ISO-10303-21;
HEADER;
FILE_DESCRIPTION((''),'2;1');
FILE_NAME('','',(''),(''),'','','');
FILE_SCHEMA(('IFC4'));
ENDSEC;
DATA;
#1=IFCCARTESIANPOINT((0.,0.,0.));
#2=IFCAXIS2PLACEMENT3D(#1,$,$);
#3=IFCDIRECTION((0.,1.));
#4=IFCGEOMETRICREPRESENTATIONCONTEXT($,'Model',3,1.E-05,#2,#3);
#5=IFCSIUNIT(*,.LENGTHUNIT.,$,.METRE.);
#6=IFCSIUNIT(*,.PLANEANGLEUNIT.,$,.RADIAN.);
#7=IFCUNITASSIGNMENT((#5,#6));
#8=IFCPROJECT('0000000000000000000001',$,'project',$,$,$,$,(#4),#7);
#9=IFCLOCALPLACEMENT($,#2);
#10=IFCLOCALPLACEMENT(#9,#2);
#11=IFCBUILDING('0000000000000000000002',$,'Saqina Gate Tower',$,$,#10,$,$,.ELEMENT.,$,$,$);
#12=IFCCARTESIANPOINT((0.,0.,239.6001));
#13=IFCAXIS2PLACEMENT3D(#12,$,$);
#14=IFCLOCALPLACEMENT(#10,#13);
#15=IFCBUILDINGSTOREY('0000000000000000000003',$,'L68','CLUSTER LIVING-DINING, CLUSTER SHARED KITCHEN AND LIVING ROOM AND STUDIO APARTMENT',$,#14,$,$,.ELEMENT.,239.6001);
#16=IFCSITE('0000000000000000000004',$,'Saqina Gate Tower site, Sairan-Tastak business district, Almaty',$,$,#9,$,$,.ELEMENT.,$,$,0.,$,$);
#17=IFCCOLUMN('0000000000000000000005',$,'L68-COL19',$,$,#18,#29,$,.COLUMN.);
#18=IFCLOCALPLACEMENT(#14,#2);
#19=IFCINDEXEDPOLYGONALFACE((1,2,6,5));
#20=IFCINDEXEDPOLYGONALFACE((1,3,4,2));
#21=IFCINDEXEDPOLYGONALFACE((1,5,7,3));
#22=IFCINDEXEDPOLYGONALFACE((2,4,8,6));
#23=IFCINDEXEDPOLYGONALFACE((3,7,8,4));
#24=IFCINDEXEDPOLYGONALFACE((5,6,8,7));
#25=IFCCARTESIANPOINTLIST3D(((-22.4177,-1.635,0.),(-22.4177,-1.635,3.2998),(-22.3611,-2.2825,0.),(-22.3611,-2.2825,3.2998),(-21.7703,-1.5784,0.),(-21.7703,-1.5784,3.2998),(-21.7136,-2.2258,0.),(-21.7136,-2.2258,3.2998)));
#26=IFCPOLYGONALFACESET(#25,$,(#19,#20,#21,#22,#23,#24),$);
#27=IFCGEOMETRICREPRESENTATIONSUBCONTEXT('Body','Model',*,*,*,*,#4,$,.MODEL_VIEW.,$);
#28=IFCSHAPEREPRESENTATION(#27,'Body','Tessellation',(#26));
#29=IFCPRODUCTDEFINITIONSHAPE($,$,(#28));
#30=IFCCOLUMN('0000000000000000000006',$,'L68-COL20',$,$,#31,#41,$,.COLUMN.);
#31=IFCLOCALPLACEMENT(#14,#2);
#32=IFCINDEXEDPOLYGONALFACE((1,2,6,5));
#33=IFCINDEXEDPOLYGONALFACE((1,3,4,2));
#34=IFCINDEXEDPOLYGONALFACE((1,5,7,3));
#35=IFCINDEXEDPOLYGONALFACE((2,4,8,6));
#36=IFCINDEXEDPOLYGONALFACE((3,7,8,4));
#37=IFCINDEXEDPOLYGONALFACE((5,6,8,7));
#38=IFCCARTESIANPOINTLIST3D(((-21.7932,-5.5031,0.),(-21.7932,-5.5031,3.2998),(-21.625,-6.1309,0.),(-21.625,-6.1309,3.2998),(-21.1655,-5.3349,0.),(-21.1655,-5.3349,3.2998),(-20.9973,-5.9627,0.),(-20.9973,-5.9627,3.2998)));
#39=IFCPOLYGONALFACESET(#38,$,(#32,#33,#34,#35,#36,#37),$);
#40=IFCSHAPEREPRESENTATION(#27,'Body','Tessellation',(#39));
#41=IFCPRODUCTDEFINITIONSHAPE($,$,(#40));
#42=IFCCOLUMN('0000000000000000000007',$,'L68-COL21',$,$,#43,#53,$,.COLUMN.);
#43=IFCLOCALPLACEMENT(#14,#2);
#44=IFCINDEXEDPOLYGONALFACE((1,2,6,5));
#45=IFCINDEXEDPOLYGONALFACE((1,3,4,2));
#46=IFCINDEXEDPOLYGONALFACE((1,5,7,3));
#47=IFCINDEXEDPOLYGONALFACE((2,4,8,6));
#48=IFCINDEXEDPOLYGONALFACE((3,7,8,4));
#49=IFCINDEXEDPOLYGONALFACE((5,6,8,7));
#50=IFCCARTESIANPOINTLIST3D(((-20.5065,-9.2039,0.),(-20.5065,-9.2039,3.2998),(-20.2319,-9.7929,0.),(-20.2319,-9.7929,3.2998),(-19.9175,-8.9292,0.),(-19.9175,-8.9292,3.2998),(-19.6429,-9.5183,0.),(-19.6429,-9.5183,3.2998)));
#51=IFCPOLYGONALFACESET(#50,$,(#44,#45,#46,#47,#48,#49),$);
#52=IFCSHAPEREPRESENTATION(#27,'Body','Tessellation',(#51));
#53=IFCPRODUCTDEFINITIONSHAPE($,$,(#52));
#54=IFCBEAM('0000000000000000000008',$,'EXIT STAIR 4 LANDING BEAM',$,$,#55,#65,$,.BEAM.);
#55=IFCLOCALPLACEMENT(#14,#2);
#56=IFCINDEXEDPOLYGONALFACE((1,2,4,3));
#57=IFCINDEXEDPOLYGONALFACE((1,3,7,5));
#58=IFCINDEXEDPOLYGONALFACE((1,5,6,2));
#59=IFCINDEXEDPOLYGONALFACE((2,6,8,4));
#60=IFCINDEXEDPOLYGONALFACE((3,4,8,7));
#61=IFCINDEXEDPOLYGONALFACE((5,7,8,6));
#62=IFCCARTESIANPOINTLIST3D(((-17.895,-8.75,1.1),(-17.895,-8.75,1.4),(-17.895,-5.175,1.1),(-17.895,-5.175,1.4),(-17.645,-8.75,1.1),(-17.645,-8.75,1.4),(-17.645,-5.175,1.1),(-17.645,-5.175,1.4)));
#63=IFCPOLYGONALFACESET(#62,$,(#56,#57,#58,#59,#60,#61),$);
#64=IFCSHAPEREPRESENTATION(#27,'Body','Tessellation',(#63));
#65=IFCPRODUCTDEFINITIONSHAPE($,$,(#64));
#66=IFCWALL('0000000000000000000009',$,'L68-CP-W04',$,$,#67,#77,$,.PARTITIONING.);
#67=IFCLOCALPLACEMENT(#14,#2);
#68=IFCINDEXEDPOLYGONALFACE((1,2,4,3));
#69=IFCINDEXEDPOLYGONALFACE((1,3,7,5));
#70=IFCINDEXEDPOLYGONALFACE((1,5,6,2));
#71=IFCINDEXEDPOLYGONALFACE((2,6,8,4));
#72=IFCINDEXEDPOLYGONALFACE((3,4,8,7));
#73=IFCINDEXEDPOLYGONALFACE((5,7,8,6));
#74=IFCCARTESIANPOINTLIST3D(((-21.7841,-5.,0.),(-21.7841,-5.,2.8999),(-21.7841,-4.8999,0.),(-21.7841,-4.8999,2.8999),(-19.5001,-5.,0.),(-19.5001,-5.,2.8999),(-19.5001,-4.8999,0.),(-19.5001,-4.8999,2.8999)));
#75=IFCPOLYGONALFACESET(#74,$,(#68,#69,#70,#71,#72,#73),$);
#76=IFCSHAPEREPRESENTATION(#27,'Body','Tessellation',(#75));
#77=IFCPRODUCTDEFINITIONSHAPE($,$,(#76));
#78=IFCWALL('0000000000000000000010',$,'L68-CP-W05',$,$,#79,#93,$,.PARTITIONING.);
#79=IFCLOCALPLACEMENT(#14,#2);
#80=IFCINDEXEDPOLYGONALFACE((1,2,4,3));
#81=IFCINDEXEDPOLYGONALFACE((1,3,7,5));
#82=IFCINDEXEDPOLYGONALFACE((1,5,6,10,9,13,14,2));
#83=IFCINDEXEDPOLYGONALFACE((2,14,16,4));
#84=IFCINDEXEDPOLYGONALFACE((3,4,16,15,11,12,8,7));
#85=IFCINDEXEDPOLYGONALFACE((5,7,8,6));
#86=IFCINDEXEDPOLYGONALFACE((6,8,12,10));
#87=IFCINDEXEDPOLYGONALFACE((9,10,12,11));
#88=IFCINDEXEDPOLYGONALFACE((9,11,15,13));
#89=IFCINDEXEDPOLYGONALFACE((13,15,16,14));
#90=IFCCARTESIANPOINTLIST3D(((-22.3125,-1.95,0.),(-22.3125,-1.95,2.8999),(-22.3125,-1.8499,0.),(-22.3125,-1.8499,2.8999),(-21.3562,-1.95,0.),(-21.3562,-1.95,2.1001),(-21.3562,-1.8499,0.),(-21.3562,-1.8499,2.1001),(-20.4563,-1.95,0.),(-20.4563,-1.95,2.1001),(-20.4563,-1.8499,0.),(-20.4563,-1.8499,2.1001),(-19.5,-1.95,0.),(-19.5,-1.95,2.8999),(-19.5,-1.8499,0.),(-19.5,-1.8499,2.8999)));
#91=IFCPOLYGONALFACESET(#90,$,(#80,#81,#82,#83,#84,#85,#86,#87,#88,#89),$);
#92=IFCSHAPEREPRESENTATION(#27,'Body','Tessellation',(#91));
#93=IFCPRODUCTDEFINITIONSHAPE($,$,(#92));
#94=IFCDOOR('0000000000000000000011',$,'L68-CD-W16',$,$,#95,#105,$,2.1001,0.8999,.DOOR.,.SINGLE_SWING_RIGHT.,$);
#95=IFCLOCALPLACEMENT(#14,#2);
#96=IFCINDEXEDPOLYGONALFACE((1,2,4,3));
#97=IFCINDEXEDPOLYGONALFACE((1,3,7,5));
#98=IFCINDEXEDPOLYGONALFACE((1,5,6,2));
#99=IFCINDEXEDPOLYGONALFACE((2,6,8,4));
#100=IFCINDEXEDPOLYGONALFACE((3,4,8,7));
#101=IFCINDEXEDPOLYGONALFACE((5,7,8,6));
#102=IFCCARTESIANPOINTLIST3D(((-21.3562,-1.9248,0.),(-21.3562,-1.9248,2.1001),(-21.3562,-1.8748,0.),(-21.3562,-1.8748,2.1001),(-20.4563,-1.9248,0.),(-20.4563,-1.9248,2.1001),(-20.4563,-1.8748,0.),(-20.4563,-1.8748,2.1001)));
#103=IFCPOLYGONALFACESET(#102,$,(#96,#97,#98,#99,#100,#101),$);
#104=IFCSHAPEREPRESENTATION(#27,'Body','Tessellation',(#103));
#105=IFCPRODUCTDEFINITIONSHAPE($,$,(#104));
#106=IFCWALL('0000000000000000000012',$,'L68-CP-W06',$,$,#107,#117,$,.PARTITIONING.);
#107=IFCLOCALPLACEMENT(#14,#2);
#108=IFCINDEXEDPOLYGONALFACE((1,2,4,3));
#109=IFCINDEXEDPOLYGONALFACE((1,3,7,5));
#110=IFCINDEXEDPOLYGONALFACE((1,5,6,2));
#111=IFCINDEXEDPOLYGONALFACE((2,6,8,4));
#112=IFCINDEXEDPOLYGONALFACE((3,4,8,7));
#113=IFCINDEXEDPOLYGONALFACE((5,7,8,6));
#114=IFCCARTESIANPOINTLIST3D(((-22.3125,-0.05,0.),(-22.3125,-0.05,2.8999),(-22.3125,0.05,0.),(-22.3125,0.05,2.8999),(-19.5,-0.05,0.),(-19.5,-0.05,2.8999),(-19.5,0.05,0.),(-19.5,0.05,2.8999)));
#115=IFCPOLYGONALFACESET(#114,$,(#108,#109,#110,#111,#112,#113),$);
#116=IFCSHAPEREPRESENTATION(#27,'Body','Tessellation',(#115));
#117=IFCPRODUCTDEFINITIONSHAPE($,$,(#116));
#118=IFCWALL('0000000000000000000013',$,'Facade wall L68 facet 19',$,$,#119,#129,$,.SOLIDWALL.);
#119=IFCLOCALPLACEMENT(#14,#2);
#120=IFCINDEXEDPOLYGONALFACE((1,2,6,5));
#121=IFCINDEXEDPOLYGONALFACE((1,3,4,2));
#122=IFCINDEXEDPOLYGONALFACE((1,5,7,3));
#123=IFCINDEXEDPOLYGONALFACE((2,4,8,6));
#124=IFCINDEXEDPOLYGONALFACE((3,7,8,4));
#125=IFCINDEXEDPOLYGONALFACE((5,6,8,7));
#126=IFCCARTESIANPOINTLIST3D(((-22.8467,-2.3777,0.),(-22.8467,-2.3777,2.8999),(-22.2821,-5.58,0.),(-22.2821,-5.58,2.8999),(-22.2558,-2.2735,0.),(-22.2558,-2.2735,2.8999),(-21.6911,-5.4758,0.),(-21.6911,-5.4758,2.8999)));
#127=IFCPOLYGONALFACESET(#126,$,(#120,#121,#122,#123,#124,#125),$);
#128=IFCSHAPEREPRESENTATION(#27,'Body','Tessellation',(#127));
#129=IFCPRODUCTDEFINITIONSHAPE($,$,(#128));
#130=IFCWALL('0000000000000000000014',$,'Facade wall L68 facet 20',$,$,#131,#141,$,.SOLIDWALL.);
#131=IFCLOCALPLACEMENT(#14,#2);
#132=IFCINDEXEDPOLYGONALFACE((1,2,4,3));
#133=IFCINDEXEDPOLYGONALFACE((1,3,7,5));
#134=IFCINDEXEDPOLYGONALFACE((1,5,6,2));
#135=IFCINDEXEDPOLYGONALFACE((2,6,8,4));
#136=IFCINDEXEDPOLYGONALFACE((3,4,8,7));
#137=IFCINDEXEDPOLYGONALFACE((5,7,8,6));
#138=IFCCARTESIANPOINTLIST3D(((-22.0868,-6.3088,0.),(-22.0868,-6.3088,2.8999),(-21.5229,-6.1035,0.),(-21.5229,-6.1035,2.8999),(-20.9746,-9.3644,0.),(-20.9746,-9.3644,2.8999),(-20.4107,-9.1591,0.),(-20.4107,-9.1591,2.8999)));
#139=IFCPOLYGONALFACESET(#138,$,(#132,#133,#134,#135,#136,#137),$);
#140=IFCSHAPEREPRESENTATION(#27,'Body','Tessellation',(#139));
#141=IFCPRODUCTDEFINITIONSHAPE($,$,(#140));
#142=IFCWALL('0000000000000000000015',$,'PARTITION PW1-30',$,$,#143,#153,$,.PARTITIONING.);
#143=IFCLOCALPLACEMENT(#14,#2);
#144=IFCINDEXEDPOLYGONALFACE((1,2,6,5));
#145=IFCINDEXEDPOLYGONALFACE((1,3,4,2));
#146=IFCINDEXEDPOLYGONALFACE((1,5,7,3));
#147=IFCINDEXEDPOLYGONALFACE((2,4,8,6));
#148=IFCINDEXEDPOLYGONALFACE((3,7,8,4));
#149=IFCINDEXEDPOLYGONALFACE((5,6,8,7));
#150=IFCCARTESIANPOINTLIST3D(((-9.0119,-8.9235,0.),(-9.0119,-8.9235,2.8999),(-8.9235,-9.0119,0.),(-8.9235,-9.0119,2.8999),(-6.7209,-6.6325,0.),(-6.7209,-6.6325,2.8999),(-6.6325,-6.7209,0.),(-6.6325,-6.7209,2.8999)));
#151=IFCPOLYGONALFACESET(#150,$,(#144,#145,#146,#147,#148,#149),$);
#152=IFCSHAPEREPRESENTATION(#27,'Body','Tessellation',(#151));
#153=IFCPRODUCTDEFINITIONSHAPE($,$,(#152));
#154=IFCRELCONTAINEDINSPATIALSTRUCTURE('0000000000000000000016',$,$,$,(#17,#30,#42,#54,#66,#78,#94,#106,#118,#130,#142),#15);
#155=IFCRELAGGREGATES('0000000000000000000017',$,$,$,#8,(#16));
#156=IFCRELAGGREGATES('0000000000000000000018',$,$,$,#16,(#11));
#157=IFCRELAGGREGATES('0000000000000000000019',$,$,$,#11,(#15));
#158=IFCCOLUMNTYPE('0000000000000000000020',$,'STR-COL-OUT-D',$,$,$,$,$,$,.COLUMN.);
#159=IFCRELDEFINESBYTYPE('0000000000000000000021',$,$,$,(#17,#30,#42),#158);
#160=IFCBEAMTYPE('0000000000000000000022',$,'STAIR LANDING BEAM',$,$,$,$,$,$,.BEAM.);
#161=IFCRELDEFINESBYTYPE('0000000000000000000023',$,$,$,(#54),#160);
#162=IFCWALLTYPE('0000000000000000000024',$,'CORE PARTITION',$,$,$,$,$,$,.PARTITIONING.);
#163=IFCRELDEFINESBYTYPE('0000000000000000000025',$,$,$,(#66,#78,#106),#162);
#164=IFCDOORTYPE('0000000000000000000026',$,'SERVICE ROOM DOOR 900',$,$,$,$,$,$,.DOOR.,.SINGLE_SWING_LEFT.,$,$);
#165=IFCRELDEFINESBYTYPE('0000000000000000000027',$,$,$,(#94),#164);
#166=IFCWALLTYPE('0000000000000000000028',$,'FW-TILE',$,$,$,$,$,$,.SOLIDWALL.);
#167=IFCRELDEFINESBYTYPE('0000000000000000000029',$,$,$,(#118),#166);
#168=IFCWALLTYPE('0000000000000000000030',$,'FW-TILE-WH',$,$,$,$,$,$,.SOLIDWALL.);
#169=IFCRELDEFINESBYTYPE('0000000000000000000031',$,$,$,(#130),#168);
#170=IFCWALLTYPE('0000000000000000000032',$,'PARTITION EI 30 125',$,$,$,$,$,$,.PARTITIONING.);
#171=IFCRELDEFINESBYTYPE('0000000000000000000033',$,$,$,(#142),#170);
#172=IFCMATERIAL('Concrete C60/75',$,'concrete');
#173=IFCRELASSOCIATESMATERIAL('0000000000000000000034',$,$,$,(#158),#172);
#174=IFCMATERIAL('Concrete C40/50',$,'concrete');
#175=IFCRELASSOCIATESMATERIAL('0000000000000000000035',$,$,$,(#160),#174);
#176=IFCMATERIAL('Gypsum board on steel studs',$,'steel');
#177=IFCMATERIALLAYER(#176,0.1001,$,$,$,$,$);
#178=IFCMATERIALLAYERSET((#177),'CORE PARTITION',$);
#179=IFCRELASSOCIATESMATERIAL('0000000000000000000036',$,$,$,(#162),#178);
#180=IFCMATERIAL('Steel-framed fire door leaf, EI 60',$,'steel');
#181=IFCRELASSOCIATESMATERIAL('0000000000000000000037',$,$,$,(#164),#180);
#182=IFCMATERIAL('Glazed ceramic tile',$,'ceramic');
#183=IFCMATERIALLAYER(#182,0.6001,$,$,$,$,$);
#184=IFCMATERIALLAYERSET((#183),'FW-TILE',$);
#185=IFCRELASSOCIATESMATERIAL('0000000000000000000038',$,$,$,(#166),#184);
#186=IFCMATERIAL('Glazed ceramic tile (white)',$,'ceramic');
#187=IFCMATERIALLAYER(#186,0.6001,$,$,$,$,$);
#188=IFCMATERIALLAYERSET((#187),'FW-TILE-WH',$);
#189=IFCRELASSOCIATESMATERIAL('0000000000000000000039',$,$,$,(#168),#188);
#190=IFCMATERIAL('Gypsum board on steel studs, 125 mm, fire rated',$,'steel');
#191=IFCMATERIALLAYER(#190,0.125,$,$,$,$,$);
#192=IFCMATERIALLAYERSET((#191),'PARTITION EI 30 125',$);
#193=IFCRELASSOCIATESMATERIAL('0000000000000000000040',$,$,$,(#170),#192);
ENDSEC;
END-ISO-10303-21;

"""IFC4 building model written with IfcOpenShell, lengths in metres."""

from ifc_helpers import new_model, si_unit, direction, frame, frame_2d, origin, origin_2d, place, context, subcontext, project, spatial, rectangle, extrude, material, layer, layer_set, material_profile, profile_set, type_object, element, fill, save


model = new_model("IFC4")

# Units and contexts
model_context = context("Model", 3, precision=1e-05, world=origin(), true_north=direction((0.0, 1.0)))
body_context = subcontext(model_context, "Body", "Model", "MODEL_VIEW")
ifc_project = project(units=[si_unit("LENGTHUNIT", "METRE"), si_unit("PLANEANGLEUNIT", "RADIAN")], contexts=[model_context])

# Site, building, storey
site_placement = place(None, origin())
site = spatial("IfcSite", under=ifc_project, at=site_placement, Name="Saqina Gate Tower site, Sairan-Tastak business district, Almaty", CompositionType="ELEMENT", RefElevation=0.0)
building_placement = place(site_placement, origin())
building = spatial("IfcBuilding", under=site, at=building_placement, Name="Saqina Gate Tower", CompositionType="ELEMENT")
storey_placement = place(building_placement, frame((0.0, 0.0, 239.6001)))
storey = spatial("IfcBuildingStorey", under=building, at=storey_placement, Name="L68", Description="CLUSTER LIVING-DINING, CLUSTER SHARED KITCHEN AND LIVING ROOM AND STUDIO APARTMENT", CompositionType="ELEMENT", Elevation=239.6001)

# Columns
ifc_material_1 = material(Name="Concrete C60/75", Category="concrete")
ifc_material_profile_1 = material_profile(ifc_material_1, rectangle(XDim=0.6499, YDim=0.6499, at=origin_2d()), Name="RC 650x650")
ifc_profile_set_1 = profile_set([ifc_material_profile_1], Name="Concrete C60/75")
column_type = type_object("IfcColumnType", Name="STR-COL-OUT-D", PredefinedType="COLUMN", material=ifc_profile_set_1)
for number, where, z_axis, x_axis, name in (
    (1, (-22.0657, -1.9304, 0.0), (0.0, 0.0, 1.0), (-0.996195, -0.087156, 0.0), "L68-COL19"),
    (2, (-21.3953, -5.7329, 0.0), (0.0, 0.0, 1.0), (-0.965926, -0.258819, 0.0), "L68-COL20"),
    (3, (-20.0747, -9.3611, 0.0), (0.0, 0.0, 1.0), (-0.906308, -0.422618, 0.0), "L68-COL21"),
):
    element("IfcColumn", number, at=place(storey_placement, frame(where, z_axis=z_axis, x_axis=x_axis)), inside=storey, type_object=column_type, Name=name, PredefinedType="COLUMN", context=body_context, shape_type="SweptSolid", body=[
        extrude(rectangle(XDim=0.6499, YDim=0.6499, at=origin_2d()), origin(), (0.0, 0.0, 1.0), 3.2998),
    ])

# Beam
ifc_material_2 = material(Name="Concrete C40/50", Category="concrete")
ifc_material_profile_2 = material_profile(ifc_material_2, rectangle(XDim=0.25, YDim=0.3, at=origin_2d()), Name="STAIR LANDING BEAM")
ifc_profile_set_2 = profile_set([ifc_material_profile_2], Name="Concrete C40/50")
beam_type = type_object("IfcBeamType", Name="STAIR LANDING BEAM", PredefinedType="BEAM", material=ifc_profile_set_2)
beam_placement = place(storey_placement, frame((-17.77, -8.75, 1.25), z_axis=(0.0, 1.0, 0.0), x_axis=(-1.0, 0.0, 0.0)))
element("IfcBeam", 4, at=beam_placement, inside=storey, type_object=beam_type, Name="EXIT STAIR 4 LANDING BEAM", PredefinedType="BEAM", context=body_context, shape_type="SweptSolid", body=[
    extrude(rectangle(XDim=0.25, YDim=0.3, at=origin_2d()), origin(), (0.0, 0.0, 1.0), 3.575),
])

# Wall
ifc_material_3 = material(Name="Gypsum board on steel studs", Category="steel")
ifc_layer_1 = layer(ifc_material_3, 0.1001)
ifc_layer_set_1 = layer_set([ifc_layer_1], Name="CORE PARTITION")
wall_type_1 = type_object("IfcWallType", Name="CORE PARTITION", PredefinedType="PARTITIONING", material=ifc_layer_set_1)
wall_1_placement = place(storey_placement, frame((-19.5, -4.95, 0.0), z_axis=(0.0, 0.0, 1.0), x_axis=(-1.0, 0.0, 0.0)))
element("IfcWall", 5, at=wall_1_placement, inside=storey, type_object=wall_type_1, Name="L68-CP-W04", PredefinedType="PARTITIONING", context=body_context, shape_type="SweptSolid", body=[
    extrude(rectangle(XDim=2.2839, YDim=0.1001, at=frame_2d((1.1421, 0.0))), origin(), (0.0, 0.0, 1.0), 2.8999),
])

# Wall, opening, door
wall_2_placement = place(storey_placement, frame((-19.5, -1.8999, 0.0), z_axis=(0.0, 0.0, 1.0), x_axis=(-1.0, 0.0, 0.0)))
wall_2 = element("IfcWall", 6, at=wall_2_placement, inside=storey, type_object=wall_type_1, Name="L68-CP-W05", PredefinedType="PARTITIONING", context=body_context, shape_type="SweptSolid", body=[
    extrude(rectangle(XDim=2.8125, YDim=0.1001, at=frame_2d((1.4062, 0.0))), origin(), (0.0, 0.0, 1.0), 2.8999),
])
opening_1_placement = place(wall_2_placement, frame((0.9563, 0.0, 0.0)))
opening_1 = element("IfcOpeningElement", 7, at=opening_1_placement, cuts=wall_2, PredefinedType="OPENING", context=body_context, shape_type="SweptSolid", body=[
    extrude(rectangle(XDim=0.8999, YDim=2.1001, at=frame_2d((0.45, 1.05))), frame((0.0, 0.062, 0.0), z_axis=(0.0, -1.0, 0.0), x_axis=(1.0, 0.0, 0.0)), (0.0, 0.0, 1.0), 0.124),
])
ifc_material_4 = material(Name="Steel-framed fire door leaf, EI 60", Category="steel")
door_type_1 = type_object("IfcDoorType", Name="SERVICE ROOM DOOR 900", OperationType="SINGLE_SWING_LEFT", PredefinedType="DOOR", material=ifc_material_4)
door_1_placement = place(opening_1_placement, origin())
door_1 = element("IfcDoor", 8, at=door_1_placement, inside=storey, type_object=door_type_1, Name="L68-CD-W16", OperationType="SINGLE_SWING_RIGHT", OverallHeight=2.1001, OverallWidth=0.8999, PredefinedType="DOOR", context=body_context, shape_type="SweptSolid", body=[
    extrude(rectangle(XDim=0.8999, YDim=2.1001, at=frame_2d((0.45, 1.05))), frame((0.0, 0.0249, 0.0), z_axis=(0.0, -1.0, 0.0), x_axis=(1.0, 0.0, 0.0)), (0.0, 0.0, 1.0), 0.05),
])
fill(opening_1, door_1)

# Walls
wall_3_placement = place(storey_placement, frame((-19.5, 0.0, 0.0), z_axis=(0.0, 0.0, 1.0), x_axis=(-1.0, 0.0, 0.0)))
element("IfcWall", 9, at=wall_3_placement, inside=storey, type_object=wall_type_1, Name="L68-CP-W06", PredefinedType="PARTITIONING", context=body_context, shape_type="SweptSolid", body=[
    extrude(rectangle(XDim=2.8125, YDim=0.1001, at=frame_2d((1.4062, 0.0))), origin(), (0.0, 0.0, 1.0), 2.8999),
])
ifc_material_5 = material(Name="Glazed ceramic tile", Category="ceramic")
ifc_layer_2 = layer(ifc_material_5, 0.6001)
ifc_layer_set_2 = layer_set([ifc_layer_2], Name="FW-TILE")
wall_type_2 = type_object("IfcWallType", Name="FW-TILE", PredefinedType="SOLIDWALL", material=ifc_layer_set_2)
wall_4_placement = place(storey_placement, frame((-22.5513, -2.3254, 0.0), z_axis=(0.0, 0.0, 1.0), x_axis=(0.173657, -0.984806, 0.0)))
element("IfcWall", 10, at=wall_4_placement, inside=storey, type_object=wall_type_2, Name="Facade wall L68 facet 19", PredefinedType="SOLIDWALL", context=body_context, shape_type="SweptSolid", body=[
    extrude(rectangle(XDim=3.2517, YDim=0.6001, at=frame_2d((1.626, 0.0))), origin(), (0.0, 0.0, 1.0), 2.8999),
])
ifc_material_6 = material(Name="Glazed ceramic tile (white)", Category="ceramic")
ifc_layer_3 = layer(ifc_material_6, 0.6001)
ifc_layer_set_3 = layer_set([ifc_layer_3], Name="FW-TILE-WH")
wall_type_3 = type_object("IfcWallType", Name="FW-TILE-WH", PredefinedType="SOLIDWALL", material=ifc_layer_set_3)
wall_5_placement = place(storey_placement, frame((-21.8049, -6.2061, 0.0), z_axis=(0.0, 0.0, 1.0), x_axis=(0.342057, -0.939679, 0.0)))
element("IfcWall", 11, at=wall_5_placement, inside=storey, type_object=wall_type_3, Name="Facade wall L68 facet 20", PredefinedType="SOLIDWALL", context=body_context, shape_type="SweptSolid", body=[
    extrude(rectangle(XDim=3.2517, YDim=0.6001, at=frame_2d((1.626, 0.0))), origin(), (0.0, 0.0, 1.0), 2.8999),
])
ifc_material_7 = material(Name="Gypsum board on steel studs, 125 mm, fire rated", Category="steel")
ifc_layer_4 = layer(ifc_material_7, 0.125)
ifc_layer_set_4 = layer_set([ifc_layer_4], Name="PARTITION EI 30 125")
wall_type_4 = type_object("IfcWallType", Name="PARTITION EI 30 125", PredefinedType="PARTITIONING", material=ifc_layer_set_4)
wall_6_placement = place(storey_placement, frame((-8.9678, -8.9678, 0.0), z_axis=(0.0, 0.0, 1.0), x_axis=(0.707107, 0.707107, 0.0)))
element("IfcWall", 12, at=wall_6_placement, inside=storey, type_object=wall_type_4, Name="PARTITION PW1-30", PredefinedType="PARTITIONING", context=body_context, shape_type="SweptSolid", body=[
    extrude(rectangle(XDim=3.24, YDim=0.125, at=frame_2d((1.6201, 0.0))), origin(), (0.0, 0.0, 1.0), 2.8999),
])

save(model, "model.ifc")
